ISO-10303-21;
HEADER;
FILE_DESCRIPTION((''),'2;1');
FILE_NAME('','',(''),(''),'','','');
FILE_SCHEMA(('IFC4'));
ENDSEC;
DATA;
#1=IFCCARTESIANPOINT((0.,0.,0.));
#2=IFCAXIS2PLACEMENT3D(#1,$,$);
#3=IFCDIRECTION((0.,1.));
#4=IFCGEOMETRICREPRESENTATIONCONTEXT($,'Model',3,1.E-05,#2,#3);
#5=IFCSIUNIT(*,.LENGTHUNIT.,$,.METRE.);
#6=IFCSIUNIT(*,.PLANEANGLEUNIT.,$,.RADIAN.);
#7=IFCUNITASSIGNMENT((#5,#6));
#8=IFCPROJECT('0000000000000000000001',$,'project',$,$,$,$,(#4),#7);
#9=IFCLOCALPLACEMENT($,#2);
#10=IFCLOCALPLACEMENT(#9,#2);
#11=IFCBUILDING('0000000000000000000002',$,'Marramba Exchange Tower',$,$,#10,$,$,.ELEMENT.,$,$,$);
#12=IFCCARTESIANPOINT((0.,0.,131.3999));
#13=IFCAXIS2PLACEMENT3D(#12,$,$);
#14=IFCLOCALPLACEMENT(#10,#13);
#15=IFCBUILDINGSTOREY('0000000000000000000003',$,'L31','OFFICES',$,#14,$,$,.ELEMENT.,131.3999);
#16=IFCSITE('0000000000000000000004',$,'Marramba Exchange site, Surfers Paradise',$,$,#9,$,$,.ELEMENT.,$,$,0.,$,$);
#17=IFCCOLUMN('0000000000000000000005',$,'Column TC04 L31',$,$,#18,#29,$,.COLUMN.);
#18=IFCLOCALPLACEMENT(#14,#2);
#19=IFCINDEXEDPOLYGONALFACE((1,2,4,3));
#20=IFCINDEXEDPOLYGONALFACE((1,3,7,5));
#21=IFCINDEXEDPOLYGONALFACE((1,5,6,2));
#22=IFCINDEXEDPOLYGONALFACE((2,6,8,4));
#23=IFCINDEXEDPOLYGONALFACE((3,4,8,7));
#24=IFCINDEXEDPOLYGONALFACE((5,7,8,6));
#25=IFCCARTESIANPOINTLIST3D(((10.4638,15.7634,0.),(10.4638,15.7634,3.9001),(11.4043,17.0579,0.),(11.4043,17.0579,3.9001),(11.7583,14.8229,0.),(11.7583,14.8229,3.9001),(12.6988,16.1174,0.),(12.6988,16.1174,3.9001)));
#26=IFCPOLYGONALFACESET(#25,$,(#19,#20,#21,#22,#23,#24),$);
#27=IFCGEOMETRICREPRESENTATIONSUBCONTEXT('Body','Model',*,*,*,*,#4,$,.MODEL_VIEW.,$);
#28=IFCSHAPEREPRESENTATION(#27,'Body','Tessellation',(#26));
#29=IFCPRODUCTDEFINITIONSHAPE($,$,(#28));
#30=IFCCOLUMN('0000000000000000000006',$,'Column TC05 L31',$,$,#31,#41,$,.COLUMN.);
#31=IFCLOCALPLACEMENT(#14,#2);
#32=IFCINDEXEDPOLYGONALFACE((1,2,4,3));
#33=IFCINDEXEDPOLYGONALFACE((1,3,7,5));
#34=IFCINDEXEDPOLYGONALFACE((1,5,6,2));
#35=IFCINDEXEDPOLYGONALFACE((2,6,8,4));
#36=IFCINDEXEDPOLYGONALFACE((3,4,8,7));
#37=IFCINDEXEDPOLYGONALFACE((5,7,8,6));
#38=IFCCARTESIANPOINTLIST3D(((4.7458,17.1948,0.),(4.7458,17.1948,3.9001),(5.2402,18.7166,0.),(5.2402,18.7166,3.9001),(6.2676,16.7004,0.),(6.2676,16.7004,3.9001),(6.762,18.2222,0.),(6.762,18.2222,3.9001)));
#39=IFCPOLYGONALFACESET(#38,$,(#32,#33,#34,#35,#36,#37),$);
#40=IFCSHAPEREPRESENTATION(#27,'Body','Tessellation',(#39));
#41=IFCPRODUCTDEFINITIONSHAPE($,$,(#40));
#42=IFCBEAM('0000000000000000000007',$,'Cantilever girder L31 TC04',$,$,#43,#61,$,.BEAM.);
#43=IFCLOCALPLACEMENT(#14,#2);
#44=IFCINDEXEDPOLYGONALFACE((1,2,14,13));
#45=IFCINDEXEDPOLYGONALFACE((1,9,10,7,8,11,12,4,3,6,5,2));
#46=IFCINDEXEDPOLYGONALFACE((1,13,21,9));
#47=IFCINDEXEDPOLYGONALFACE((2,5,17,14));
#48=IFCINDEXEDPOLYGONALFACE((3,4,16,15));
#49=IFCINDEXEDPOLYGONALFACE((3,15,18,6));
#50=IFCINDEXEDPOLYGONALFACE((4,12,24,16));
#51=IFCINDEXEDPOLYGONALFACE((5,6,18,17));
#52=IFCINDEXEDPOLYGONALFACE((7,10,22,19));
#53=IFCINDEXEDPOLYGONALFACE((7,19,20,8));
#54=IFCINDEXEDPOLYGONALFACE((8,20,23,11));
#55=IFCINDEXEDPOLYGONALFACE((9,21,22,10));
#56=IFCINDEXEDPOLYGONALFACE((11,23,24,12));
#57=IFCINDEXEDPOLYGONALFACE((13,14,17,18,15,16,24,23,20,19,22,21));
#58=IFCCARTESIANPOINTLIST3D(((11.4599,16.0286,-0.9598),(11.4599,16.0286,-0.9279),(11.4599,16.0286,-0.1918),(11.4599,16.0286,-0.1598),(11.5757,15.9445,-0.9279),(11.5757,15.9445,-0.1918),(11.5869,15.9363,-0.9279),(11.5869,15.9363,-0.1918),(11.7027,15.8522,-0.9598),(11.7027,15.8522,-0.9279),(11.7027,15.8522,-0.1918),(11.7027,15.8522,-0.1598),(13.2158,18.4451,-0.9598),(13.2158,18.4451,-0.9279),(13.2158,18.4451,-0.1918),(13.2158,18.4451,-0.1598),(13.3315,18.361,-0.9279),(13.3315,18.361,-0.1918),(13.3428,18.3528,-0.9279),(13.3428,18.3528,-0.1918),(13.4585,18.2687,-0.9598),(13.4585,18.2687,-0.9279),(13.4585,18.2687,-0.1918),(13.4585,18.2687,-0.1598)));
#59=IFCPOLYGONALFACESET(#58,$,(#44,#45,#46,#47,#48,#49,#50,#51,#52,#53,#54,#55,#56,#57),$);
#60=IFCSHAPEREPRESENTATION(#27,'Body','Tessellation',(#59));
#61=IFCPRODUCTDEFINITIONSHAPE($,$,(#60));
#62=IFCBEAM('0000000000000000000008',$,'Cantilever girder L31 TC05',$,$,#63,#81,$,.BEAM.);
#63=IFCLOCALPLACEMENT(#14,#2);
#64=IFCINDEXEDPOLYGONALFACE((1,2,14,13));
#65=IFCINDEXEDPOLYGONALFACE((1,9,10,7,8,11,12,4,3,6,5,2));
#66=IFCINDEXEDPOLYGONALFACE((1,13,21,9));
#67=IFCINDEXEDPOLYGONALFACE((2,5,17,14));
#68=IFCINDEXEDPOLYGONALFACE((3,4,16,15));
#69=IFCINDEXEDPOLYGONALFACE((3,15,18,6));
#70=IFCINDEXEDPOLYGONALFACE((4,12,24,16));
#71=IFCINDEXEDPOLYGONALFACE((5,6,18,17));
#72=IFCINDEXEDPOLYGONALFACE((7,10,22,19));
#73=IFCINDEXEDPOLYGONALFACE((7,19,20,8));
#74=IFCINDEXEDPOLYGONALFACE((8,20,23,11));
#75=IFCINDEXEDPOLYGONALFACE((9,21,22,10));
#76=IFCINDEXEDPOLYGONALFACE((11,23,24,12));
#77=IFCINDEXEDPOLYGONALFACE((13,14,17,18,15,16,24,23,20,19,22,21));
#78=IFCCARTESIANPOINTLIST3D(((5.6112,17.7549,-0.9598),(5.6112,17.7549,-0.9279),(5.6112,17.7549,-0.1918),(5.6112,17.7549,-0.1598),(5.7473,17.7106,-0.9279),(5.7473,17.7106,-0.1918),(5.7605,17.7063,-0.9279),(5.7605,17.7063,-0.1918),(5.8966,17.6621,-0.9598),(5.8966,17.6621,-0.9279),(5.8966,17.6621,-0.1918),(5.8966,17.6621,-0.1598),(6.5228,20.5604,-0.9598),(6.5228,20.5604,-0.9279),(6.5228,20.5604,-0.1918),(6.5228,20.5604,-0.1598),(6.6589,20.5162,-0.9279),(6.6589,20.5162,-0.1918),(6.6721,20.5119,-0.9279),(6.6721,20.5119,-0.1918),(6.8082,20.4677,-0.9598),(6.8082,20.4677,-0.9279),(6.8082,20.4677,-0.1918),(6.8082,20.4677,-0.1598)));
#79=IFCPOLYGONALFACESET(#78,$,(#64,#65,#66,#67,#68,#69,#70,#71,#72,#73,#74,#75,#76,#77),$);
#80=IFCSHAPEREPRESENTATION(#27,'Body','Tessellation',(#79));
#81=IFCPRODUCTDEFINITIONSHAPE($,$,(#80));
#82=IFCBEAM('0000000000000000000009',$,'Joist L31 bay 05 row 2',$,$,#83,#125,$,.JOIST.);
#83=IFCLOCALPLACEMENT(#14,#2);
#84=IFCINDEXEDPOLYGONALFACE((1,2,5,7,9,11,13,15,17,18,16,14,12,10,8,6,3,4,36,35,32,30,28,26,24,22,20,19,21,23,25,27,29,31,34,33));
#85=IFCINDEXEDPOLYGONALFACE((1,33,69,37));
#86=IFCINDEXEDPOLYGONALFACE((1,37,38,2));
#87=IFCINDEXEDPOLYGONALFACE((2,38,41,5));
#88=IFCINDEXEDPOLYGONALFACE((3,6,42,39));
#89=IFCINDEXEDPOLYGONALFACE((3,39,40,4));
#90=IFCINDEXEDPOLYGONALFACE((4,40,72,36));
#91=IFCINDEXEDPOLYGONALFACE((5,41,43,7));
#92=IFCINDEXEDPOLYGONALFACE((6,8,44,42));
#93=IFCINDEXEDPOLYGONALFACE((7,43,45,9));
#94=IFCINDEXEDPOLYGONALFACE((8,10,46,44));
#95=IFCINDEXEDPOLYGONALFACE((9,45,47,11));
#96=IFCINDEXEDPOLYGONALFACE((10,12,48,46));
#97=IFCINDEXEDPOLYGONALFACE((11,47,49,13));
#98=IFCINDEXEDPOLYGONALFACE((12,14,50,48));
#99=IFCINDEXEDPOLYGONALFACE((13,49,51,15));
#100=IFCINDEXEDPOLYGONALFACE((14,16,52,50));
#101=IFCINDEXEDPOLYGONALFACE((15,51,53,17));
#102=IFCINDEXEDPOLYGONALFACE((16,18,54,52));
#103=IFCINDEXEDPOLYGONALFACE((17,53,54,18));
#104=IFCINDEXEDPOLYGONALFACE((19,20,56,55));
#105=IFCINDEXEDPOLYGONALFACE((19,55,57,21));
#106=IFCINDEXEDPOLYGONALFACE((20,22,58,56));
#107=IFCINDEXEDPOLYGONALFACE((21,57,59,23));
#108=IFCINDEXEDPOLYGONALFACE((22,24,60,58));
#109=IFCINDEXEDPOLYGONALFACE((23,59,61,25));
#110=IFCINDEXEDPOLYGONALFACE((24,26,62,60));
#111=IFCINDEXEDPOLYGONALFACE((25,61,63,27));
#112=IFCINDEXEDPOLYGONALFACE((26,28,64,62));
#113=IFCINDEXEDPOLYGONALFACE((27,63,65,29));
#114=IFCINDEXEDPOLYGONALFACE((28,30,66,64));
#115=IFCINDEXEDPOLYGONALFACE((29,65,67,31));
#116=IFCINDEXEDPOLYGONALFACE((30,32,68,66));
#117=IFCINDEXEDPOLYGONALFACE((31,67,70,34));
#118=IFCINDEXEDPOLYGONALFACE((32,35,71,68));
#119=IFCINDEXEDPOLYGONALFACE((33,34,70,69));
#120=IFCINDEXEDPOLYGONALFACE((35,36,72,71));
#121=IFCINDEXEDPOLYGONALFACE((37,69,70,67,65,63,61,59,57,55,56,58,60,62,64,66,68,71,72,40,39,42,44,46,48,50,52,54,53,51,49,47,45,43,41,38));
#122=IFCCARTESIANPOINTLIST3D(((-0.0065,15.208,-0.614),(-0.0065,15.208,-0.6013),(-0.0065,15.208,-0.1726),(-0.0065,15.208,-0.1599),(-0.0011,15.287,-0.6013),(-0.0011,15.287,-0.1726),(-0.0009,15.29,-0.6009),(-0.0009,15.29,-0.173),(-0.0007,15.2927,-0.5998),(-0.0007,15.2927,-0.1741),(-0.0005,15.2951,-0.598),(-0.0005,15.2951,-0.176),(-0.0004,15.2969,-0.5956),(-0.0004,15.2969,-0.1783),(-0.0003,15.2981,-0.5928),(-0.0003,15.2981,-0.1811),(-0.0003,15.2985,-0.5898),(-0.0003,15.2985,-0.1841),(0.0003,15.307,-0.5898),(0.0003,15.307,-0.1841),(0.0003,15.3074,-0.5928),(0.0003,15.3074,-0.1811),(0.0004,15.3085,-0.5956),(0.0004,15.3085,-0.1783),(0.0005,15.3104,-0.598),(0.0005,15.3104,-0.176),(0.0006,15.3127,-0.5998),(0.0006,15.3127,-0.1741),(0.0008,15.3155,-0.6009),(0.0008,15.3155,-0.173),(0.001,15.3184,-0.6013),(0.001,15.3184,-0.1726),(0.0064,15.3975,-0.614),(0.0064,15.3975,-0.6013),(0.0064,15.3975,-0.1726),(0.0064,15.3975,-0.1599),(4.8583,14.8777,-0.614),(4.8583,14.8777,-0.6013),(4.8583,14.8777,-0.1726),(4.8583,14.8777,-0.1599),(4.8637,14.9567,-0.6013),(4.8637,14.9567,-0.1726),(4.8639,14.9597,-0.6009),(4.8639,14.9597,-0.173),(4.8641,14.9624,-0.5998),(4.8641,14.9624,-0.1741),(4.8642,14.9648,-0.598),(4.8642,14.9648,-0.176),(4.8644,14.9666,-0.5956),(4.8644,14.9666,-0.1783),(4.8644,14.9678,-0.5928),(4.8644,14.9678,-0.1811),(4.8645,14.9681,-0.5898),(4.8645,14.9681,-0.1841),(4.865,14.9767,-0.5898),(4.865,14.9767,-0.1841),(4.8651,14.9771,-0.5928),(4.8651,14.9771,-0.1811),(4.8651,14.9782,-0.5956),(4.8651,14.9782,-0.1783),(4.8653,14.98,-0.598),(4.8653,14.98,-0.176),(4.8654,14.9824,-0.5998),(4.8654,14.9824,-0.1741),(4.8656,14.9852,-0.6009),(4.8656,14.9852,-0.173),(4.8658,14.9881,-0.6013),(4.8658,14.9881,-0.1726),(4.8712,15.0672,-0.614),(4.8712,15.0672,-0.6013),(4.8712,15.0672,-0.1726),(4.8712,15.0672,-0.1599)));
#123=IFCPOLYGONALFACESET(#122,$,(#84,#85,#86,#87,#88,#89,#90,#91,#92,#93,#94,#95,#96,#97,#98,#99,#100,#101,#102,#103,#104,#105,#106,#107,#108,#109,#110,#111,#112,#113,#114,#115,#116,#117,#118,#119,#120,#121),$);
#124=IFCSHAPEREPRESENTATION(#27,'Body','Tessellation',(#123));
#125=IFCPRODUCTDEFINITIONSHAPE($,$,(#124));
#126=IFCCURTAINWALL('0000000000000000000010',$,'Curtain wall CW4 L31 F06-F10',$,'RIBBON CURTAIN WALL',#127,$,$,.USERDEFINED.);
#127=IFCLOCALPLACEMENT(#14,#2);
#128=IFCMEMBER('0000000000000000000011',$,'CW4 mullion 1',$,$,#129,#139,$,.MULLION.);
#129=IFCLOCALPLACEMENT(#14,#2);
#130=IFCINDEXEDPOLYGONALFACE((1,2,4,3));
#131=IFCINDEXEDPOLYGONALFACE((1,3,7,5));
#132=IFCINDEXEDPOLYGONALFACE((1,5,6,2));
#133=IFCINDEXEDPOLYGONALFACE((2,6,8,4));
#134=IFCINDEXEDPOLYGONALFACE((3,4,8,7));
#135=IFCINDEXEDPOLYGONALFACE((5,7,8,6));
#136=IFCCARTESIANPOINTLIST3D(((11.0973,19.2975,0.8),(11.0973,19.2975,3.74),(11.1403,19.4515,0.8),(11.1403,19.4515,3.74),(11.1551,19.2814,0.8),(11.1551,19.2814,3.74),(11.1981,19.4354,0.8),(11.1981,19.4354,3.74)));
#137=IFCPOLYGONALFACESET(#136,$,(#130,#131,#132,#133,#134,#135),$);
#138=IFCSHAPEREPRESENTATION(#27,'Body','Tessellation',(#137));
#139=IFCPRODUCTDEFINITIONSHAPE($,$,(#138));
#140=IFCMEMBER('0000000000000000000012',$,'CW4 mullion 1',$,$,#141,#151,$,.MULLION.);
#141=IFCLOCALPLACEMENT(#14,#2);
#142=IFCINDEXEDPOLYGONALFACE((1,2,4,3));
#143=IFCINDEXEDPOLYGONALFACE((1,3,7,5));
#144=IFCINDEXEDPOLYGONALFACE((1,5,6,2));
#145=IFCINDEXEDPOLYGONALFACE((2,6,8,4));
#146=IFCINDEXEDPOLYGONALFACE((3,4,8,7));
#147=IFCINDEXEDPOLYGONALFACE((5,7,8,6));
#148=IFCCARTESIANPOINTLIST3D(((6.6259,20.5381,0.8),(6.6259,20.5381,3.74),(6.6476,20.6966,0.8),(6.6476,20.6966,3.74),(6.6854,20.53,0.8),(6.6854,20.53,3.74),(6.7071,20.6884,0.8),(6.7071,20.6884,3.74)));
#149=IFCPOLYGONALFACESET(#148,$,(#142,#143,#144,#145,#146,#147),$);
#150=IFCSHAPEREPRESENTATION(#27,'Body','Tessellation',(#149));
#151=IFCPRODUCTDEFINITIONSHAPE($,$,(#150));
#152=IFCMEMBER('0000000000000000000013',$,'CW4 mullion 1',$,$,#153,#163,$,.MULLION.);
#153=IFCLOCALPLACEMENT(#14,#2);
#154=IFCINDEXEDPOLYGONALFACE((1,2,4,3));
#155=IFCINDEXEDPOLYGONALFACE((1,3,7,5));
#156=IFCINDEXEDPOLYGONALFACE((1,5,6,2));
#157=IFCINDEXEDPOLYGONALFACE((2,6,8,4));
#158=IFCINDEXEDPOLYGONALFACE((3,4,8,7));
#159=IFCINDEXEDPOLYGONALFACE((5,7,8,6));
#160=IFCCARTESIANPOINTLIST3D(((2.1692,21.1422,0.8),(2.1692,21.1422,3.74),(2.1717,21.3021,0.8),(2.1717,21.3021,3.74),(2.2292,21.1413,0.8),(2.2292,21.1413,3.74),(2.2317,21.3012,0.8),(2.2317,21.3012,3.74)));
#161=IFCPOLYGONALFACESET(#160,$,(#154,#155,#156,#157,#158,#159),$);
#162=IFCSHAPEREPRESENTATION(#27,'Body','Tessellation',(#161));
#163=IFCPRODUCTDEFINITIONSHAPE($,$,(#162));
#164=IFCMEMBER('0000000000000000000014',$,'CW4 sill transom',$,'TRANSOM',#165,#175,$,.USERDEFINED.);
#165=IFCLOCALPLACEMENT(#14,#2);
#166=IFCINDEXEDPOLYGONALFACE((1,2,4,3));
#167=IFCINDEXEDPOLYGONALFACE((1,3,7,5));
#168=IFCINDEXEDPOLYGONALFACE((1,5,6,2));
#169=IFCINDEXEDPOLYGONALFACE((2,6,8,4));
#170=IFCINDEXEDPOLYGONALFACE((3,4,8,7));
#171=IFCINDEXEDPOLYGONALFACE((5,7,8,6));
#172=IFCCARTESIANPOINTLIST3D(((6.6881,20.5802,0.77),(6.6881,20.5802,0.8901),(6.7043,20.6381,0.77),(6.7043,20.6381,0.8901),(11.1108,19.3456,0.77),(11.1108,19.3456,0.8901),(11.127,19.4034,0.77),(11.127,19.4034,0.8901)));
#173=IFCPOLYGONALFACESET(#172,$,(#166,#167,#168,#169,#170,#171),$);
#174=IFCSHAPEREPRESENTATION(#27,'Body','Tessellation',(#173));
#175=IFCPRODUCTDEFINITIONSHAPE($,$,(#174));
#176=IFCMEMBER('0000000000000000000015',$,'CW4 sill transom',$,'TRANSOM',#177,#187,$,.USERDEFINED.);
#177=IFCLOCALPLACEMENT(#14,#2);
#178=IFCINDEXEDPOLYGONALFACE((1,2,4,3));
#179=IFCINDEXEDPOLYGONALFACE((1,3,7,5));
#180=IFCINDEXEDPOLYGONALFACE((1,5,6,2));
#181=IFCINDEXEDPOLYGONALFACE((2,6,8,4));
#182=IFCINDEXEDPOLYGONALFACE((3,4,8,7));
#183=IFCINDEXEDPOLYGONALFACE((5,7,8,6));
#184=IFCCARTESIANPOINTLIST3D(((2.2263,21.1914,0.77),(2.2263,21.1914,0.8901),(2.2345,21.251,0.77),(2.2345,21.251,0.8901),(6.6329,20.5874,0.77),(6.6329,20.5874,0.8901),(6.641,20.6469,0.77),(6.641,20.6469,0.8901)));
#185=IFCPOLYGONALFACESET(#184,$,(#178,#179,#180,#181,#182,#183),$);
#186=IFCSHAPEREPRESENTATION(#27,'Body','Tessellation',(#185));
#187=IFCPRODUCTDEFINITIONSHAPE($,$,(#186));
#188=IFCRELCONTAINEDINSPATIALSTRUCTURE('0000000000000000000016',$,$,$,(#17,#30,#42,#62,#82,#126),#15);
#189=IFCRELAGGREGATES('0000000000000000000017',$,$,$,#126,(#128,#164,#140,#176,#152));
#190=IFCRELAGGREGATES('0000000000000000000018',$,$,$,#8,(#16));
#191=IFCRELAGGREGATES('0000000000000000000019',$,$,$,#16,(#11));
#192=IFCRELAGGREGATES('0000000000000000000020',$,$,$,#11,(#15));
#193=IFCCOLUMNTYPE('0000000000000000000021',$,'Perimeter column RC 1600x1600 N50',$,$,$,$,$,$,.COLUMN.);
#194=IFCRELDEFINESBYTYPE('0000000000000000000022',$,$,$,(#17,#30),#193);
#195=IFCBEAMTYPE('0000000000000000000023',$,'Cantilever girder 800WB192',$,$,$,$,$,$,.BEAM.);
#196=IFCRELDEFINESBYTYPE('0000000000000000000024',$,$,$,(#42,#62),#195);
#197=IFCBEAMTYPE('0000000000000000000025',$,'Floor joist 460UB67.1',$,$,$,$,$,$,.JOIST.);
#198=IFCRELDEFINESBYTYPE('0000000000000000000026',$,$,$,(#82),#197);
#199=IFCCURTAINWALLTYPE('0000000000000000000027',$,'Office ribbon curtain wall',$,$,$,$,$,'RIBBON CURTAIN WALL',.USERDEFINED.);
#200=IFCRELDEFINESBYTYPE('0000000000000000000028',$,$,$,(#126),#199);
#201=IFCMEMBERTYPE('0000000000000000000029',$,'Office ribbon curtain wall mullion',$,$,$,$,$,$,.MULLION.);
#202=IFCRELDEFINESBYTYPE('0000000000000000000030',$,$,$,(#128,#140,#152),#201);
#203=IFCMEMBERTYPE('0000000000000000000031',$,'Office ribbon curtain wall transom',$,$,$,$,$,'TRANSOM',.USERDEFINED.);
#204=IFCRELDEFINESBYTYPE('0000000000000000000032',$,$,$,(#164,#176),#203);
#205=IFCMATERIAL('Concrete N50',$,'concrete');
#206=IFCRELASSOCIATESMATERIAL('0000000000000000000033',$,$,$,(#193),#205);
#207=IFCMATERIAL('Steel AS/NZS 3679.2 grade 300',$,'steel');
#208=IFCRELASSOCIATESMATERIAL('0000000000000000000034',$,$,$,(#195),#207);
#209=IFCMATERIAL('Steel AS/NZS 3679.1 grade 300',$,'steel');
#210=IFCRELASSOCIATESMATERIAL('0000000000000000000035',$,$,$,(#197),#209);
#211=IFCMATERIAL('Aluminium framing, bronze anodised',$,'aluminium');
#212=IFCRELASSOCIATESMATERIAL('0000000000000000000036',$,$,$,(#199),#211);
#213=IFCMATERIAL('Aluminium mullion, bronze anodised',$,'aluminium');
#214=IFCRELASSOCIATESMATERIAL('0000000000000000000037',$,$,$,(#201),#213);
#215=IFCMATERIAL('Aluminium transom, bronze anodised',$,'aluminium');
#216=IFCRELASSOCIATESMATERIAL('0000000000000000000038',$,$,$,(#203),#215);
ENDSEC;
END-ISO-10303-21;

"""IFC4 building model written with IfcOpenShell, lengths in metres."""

from ifc_helpers import new_model, si_unit, direction, frame, origin, origin_2d, place, context, subcontext, project, spatial, rectangle, i_section, extrude, material, material_profile, profile_set, type_object, element, aggregate, save


model = new_model("IFC4")

# Units and contexts
model_context = context("Model", 3, precision=1e-05, world=origin(), true_north=direction((0.0, 1.0)))
body_context = subcontext(model_context, "Body", "Model", "MODEL_VIEW")
ifc_project = project(units=[si_unit("LENGTHUNIT", "METRE"), si_unit("PLANEANGLEUNIT", "RADIAN")], contexts=[model_context])

# Site, building, storey
site_placement = place(None, origin())
site = spatial("IfcSite", under=ifc_project, at=site_placement, Name="Marramba Exchange site, Surfers Paradise", CompositionType="ELEMENT", RefElevation=0.0)
building_placement = place(site_placement, origin())
building = spatial("IfcBuilding", under=site, at=building_placement, Name="Marramba Exchange Tower", CompositionType="ELEMENT")
storey_placement = place(building_placement, frame((0.0, 0.0, 131.3999)))
storey = spatial("IfcBuildingStorey", under=building, at=storey_placement, Name="L31", Description="OFFICES", CompositionType="ELEMENT", Elevation=131.3999)

# Columns
ifc_material_1 = material(Name="Concrete N50", Category="concrete")
ifc_material_profile_1 = material_profile(ifc_material_1, rectangle(XDim=1.6001, YDim=1.6001, at=origin_2d()), Name="RC 1600x1600")
ifc_profile_set_1 = profile_set([ifc_material_profile_1], Name="Concrete N50")
column_type = type_object("IfcColumnType", Name="Perimeter column RC 1600x1600 N50", PredefinedType="COLUMN", material=ifc_profile_set_1)
for number, where, z_axis, x_axis, name in (
    (1, (11.5813, 15.9404, 0.0), (0.0, 0.0, 1.0), (0.587785, 0.809017, 0.0), "Column TC04 L31"),
    (2, (5.7539, 17.7085, 0.0), (0.0, 0.0, 1.0), (0.309017, 0.951057, 0.0), "Column TC05 L31"),
):
    element("IfcColumn", number, at=place(storey_placement, frame(where, z_axis=z_axis, x_axis=x_axis)), inside=storey, type_object=column_type, Name=name, PredefinedType="COLUMN", context=body_context, shape_type="SweptSolid", body=[
        extrude(rectangle(XDim=1.6001, YDim=1.6001, at=origin_2d()), origin(), (0.0, 0.0, 1.0), 3.9001),
    ])

# Beams
ifc_material_2 = material(Name="Steel AS/NZS 3679.2 grade 300", Category="steel")
ifc_material_profile_2 = material_profile(ifc_material_2, i_section(OverallWidth=0.3, OverallDepth=0.8, WebThickness=0.0139, FlangeThickness=0.032, at=origin_2d()), Name="800WB192")
ifc_profile_set_2 = profile_set([ifc_material_profile_2], Name="Steel AS/NZS 3679.2 grade 300")
beam_type_1 = type_object("IfcBeamType", Name="Cantilever girder 800WB192", PredefinedType="BEAM", material=ifc_profile_set_2)
beam_1_placement = place(storey_placement, frame((11.5813, 15.9404, -0.5598), z_axis=(0.587822, 0.80899, 0.0), x_axis=(-0.80899, 0.587822, 0.0)))
element("IfcBeam", 3, at=beam_1_placement, inside=storey, type_object=beam_type_1, Name="Cantilever girder L31 TC04", PredefinedType="BEAM", context=body_context, shape_type="SweptSolid", body=[
    extrude(i_section(OverallWidth=0.3, OverallDepth=0.8, WebThickness=0.0139, FlangeThickness=0.032, at=origin_2d()), origin(), (0.0, 0.0, 1.0), 2.9871),
])
beam_2_placement = place(storey_placement, frame((5.7539, 17.7085, -0.5598), z_axis=(0.309019, 0.951056, 0.0), x_axis=(-0.951056, 0.309019, 0.0)))
element("IfcBeam", 4, at=beam_2_placement, inside=storey, type_object=beam_type_1, Name="Cantilever girder L31 TC05", PredefinedType="BEAM", context=body_context, shape_type="SweptSolid", body=[
    extrude(i_section(OverallWidth=0.3, OverallDepth=0.8, WebThickness=0.0139, FlangeThickness=0.032, at=origin_2d()), origin(), (0.0, 0.0, 1.0), 2.95),
])
ifc_material_3 = material(Name="Steel AS/NZS 3679.1 grade 300", Category="steel")
ifc_material_profile_3 = material_profile(ifc_material_3, i_section(OverallWidth=0.1899, OverallDepth=0.4541, WebThickness=0.0085, FlangeThickness=0.0127, FilletRadius=0.0115, at=origin_2d()), Name="460UB67.1")
ifc_profile_set_3 = profile_set([ifc_material_profile_3], Name="Steel AS/NZS 3679.1 grade 300")
beam_type_2 = type_object("IfcBeamType", Name="Floor joist 460UB67.1", PredefinedType="JOIST", material=ifc_profile_set_3)
beam_3_placement = place(storey_placement, frame((4.8647, 14.9724, -0.387), z_axis=(-0.997703, 0.067745, 0.0), x_axis=(-0.067745, -0.997703, 0.0)))
element("IfcBeam", 5, at=beam_3_placement, inside=storey, type_object=beam_type_2, Name="Joist L31 bay 05 row 2", PredefinedType="JOIST", context=body_context, shape_type="SweptSolid", body=[
    extrude(i_section(OverallWidth=0.1899, OverallDepth=0.4541, WebThickness=0.0085, FlangeThickness=0.0127, FilletRadius=0.0115, at=origin_2d()), origin(), (0.0, 0.0, 1.0), 4.876),
])

# Curtain wall, members
ifc_material_4 = material(Name="Aluminium framing, bronze anodised", Category="aluminium")
curtain_wall_type = type_object("IfcCurtainWallType", Name="Office ribbon curtain wall", ElementType="RIBBON CURTAIN WALL", PredefinedType="USERDEFINED", material=ifc_material_4)
curtain_wall_1_placement = place(storey_placement, origin())
curtain_wall_1 = element("IfcCurtainWall", 6, at=curtain_wall_1_placement, inside=storey, type_object=curtain_wall_type, Name="Curtain wall CW4 L31 F06-F10", ObjectType="RIBBON CURTAIN WALL", PredefinedType="USERDEFINED")
ifc_material_5 = material(Name="Aluminium mullion, bronze anodised", Category="aluminium")
ifc_material_profile_4 = material_profile(ifc_material_5, rectangle(XDim=0.1599, YDim=0.0601, at=origin_2d()), Name="CW4 mullion 60x160")
ifc_profile_set_4 = profile_set([ifc_material_profile_4], Name="Aluminium mullion, bronze anodised")
member_type_1 = type_object("IfcMemberType", Name="Office ribbon curtain wall mullion", PredefinedType="MULLION", material=ifc_profile_set_4)
member_1_placement = place(storey_placement, frame((11.1477, 19.3665, 0.8), z_axis=(0.0, 0.0, 1.0), x_axis=(-0.268865, -0.963178, 0.0)))
member_1 = element("IfcMember", 7, at=member_1_placement, type_object=member_type_1, Name="CW4 mullion 1", PredefinedType="MULLION", context=body_context, shape_type="SweptSolid", body=[
    extrude(rectangle(XDim=0.1599, YDim=0.0601, at=origin_2d()), origin(), (0.0, 0.0, 1.0), 2.9399),
])
member_2_placement = place(storey_placement, frame((6.6665, 20.6133, 0.8), z_axis=(0.0, 0.0, 1.0), x_axis=(-0.135786, -0.990738, 0.0)))
member_2 = element("IfcMember", 8, at=member_2_placement, type_object=member_type_1, Name="CW4 mullion 1", PredefinedType="MULLION", context=body_context, shape_type="SweptSolid", body=[
    extrude(rectangle(XDim=0.1599, YDim=0.0601, at=origin_2d()), origin(), (0.0, 0.0, 1.0), 2.9399),
])
member_3_placement = place(storey_placement, frame((2.2004, 21.2217, 0.8), z_axis=(0.0, 0.0, 1.0), x_axis=(-0.015756, -0.999876, 0.0)))
member_3 = element("IfcMember", 9, at=member_3_placement, type_object=member_type_1, Name="CW4 mullion 1", PredefinedType="MULLION", context=body_context, shape_type="SweptSolid", body=[
    extrude(rectangle(XDim=0.1599, YDim=0.0601, at=origin_2d()), origin(), (0.0, 0.0, 1.0), 2.9399),
])
ifc_material_6 = material(Name="Aluminium transom, bronze anodised", Category="aluminium")
ifc_material_profile_5 = material_profile(ifc_material_6, rectangle(XDim=0.0601, YDim=0.1201, at=origin_2d()), Name="CW4 transom 60x120")
ifc_profile_set_5 = profile_set([ifc_material_profile_5], Name="Aluminium transom, bronze anodised")
member_type_2 = type_object("IfcMemberType", Name="Office ribbon curtain wall transom", ElementType="TRANSOM", PredefinedType="USERDEFINED", material=ifc_profile_set_5)
member_4_placement = place(storey_placement, frame((11.1189, 19.3745, 0.8301), z_axis=(-0.963174, 0.26888, 0.0), x_axis=(-0.26888, -0.963174, 0.0)))
member_4 = element("IfcMember", 10, at=member_4_placement, type_object=member_type_2, Name="CW4 sill transom", ObjectType="TRANSOM", PredefinedType="USERDEFINED", context=body_context, shape_type="SweptSolid", body=[
    extrude(rectangle(XDim=0.0601, YDim=0.1201, at=origin_2d()), origin(), (0.0, 0.0, 1.0), 4.5918),
])
member_5_placement = place(storey_placement, frame((6.637, 20.6172, 0.8301), z_axis=(-0.990736, 0.135801, 0.0), x_axis=(-0.135801, -0.990736, 0.0)))
member_5 = element("IfcMember", 11, at=member_5_placement, type_object=member_type_2, Name="CW4 sill transom", ObjectType="TRANSOM", PredefinedType="USERDEFINED", context=body_context, shape_type="SweptSolid", body=[
    extrude(rectangle(XDim=0.0601, YDim=0.1201, at=origin_2d()), origin(), (0.0, 0.0, 1.0), 4.4478),
])

aggregate(curtain_wall_1, [member_1, member_4, member_2, member_5, member_3])

save(model, "model.ifc")
